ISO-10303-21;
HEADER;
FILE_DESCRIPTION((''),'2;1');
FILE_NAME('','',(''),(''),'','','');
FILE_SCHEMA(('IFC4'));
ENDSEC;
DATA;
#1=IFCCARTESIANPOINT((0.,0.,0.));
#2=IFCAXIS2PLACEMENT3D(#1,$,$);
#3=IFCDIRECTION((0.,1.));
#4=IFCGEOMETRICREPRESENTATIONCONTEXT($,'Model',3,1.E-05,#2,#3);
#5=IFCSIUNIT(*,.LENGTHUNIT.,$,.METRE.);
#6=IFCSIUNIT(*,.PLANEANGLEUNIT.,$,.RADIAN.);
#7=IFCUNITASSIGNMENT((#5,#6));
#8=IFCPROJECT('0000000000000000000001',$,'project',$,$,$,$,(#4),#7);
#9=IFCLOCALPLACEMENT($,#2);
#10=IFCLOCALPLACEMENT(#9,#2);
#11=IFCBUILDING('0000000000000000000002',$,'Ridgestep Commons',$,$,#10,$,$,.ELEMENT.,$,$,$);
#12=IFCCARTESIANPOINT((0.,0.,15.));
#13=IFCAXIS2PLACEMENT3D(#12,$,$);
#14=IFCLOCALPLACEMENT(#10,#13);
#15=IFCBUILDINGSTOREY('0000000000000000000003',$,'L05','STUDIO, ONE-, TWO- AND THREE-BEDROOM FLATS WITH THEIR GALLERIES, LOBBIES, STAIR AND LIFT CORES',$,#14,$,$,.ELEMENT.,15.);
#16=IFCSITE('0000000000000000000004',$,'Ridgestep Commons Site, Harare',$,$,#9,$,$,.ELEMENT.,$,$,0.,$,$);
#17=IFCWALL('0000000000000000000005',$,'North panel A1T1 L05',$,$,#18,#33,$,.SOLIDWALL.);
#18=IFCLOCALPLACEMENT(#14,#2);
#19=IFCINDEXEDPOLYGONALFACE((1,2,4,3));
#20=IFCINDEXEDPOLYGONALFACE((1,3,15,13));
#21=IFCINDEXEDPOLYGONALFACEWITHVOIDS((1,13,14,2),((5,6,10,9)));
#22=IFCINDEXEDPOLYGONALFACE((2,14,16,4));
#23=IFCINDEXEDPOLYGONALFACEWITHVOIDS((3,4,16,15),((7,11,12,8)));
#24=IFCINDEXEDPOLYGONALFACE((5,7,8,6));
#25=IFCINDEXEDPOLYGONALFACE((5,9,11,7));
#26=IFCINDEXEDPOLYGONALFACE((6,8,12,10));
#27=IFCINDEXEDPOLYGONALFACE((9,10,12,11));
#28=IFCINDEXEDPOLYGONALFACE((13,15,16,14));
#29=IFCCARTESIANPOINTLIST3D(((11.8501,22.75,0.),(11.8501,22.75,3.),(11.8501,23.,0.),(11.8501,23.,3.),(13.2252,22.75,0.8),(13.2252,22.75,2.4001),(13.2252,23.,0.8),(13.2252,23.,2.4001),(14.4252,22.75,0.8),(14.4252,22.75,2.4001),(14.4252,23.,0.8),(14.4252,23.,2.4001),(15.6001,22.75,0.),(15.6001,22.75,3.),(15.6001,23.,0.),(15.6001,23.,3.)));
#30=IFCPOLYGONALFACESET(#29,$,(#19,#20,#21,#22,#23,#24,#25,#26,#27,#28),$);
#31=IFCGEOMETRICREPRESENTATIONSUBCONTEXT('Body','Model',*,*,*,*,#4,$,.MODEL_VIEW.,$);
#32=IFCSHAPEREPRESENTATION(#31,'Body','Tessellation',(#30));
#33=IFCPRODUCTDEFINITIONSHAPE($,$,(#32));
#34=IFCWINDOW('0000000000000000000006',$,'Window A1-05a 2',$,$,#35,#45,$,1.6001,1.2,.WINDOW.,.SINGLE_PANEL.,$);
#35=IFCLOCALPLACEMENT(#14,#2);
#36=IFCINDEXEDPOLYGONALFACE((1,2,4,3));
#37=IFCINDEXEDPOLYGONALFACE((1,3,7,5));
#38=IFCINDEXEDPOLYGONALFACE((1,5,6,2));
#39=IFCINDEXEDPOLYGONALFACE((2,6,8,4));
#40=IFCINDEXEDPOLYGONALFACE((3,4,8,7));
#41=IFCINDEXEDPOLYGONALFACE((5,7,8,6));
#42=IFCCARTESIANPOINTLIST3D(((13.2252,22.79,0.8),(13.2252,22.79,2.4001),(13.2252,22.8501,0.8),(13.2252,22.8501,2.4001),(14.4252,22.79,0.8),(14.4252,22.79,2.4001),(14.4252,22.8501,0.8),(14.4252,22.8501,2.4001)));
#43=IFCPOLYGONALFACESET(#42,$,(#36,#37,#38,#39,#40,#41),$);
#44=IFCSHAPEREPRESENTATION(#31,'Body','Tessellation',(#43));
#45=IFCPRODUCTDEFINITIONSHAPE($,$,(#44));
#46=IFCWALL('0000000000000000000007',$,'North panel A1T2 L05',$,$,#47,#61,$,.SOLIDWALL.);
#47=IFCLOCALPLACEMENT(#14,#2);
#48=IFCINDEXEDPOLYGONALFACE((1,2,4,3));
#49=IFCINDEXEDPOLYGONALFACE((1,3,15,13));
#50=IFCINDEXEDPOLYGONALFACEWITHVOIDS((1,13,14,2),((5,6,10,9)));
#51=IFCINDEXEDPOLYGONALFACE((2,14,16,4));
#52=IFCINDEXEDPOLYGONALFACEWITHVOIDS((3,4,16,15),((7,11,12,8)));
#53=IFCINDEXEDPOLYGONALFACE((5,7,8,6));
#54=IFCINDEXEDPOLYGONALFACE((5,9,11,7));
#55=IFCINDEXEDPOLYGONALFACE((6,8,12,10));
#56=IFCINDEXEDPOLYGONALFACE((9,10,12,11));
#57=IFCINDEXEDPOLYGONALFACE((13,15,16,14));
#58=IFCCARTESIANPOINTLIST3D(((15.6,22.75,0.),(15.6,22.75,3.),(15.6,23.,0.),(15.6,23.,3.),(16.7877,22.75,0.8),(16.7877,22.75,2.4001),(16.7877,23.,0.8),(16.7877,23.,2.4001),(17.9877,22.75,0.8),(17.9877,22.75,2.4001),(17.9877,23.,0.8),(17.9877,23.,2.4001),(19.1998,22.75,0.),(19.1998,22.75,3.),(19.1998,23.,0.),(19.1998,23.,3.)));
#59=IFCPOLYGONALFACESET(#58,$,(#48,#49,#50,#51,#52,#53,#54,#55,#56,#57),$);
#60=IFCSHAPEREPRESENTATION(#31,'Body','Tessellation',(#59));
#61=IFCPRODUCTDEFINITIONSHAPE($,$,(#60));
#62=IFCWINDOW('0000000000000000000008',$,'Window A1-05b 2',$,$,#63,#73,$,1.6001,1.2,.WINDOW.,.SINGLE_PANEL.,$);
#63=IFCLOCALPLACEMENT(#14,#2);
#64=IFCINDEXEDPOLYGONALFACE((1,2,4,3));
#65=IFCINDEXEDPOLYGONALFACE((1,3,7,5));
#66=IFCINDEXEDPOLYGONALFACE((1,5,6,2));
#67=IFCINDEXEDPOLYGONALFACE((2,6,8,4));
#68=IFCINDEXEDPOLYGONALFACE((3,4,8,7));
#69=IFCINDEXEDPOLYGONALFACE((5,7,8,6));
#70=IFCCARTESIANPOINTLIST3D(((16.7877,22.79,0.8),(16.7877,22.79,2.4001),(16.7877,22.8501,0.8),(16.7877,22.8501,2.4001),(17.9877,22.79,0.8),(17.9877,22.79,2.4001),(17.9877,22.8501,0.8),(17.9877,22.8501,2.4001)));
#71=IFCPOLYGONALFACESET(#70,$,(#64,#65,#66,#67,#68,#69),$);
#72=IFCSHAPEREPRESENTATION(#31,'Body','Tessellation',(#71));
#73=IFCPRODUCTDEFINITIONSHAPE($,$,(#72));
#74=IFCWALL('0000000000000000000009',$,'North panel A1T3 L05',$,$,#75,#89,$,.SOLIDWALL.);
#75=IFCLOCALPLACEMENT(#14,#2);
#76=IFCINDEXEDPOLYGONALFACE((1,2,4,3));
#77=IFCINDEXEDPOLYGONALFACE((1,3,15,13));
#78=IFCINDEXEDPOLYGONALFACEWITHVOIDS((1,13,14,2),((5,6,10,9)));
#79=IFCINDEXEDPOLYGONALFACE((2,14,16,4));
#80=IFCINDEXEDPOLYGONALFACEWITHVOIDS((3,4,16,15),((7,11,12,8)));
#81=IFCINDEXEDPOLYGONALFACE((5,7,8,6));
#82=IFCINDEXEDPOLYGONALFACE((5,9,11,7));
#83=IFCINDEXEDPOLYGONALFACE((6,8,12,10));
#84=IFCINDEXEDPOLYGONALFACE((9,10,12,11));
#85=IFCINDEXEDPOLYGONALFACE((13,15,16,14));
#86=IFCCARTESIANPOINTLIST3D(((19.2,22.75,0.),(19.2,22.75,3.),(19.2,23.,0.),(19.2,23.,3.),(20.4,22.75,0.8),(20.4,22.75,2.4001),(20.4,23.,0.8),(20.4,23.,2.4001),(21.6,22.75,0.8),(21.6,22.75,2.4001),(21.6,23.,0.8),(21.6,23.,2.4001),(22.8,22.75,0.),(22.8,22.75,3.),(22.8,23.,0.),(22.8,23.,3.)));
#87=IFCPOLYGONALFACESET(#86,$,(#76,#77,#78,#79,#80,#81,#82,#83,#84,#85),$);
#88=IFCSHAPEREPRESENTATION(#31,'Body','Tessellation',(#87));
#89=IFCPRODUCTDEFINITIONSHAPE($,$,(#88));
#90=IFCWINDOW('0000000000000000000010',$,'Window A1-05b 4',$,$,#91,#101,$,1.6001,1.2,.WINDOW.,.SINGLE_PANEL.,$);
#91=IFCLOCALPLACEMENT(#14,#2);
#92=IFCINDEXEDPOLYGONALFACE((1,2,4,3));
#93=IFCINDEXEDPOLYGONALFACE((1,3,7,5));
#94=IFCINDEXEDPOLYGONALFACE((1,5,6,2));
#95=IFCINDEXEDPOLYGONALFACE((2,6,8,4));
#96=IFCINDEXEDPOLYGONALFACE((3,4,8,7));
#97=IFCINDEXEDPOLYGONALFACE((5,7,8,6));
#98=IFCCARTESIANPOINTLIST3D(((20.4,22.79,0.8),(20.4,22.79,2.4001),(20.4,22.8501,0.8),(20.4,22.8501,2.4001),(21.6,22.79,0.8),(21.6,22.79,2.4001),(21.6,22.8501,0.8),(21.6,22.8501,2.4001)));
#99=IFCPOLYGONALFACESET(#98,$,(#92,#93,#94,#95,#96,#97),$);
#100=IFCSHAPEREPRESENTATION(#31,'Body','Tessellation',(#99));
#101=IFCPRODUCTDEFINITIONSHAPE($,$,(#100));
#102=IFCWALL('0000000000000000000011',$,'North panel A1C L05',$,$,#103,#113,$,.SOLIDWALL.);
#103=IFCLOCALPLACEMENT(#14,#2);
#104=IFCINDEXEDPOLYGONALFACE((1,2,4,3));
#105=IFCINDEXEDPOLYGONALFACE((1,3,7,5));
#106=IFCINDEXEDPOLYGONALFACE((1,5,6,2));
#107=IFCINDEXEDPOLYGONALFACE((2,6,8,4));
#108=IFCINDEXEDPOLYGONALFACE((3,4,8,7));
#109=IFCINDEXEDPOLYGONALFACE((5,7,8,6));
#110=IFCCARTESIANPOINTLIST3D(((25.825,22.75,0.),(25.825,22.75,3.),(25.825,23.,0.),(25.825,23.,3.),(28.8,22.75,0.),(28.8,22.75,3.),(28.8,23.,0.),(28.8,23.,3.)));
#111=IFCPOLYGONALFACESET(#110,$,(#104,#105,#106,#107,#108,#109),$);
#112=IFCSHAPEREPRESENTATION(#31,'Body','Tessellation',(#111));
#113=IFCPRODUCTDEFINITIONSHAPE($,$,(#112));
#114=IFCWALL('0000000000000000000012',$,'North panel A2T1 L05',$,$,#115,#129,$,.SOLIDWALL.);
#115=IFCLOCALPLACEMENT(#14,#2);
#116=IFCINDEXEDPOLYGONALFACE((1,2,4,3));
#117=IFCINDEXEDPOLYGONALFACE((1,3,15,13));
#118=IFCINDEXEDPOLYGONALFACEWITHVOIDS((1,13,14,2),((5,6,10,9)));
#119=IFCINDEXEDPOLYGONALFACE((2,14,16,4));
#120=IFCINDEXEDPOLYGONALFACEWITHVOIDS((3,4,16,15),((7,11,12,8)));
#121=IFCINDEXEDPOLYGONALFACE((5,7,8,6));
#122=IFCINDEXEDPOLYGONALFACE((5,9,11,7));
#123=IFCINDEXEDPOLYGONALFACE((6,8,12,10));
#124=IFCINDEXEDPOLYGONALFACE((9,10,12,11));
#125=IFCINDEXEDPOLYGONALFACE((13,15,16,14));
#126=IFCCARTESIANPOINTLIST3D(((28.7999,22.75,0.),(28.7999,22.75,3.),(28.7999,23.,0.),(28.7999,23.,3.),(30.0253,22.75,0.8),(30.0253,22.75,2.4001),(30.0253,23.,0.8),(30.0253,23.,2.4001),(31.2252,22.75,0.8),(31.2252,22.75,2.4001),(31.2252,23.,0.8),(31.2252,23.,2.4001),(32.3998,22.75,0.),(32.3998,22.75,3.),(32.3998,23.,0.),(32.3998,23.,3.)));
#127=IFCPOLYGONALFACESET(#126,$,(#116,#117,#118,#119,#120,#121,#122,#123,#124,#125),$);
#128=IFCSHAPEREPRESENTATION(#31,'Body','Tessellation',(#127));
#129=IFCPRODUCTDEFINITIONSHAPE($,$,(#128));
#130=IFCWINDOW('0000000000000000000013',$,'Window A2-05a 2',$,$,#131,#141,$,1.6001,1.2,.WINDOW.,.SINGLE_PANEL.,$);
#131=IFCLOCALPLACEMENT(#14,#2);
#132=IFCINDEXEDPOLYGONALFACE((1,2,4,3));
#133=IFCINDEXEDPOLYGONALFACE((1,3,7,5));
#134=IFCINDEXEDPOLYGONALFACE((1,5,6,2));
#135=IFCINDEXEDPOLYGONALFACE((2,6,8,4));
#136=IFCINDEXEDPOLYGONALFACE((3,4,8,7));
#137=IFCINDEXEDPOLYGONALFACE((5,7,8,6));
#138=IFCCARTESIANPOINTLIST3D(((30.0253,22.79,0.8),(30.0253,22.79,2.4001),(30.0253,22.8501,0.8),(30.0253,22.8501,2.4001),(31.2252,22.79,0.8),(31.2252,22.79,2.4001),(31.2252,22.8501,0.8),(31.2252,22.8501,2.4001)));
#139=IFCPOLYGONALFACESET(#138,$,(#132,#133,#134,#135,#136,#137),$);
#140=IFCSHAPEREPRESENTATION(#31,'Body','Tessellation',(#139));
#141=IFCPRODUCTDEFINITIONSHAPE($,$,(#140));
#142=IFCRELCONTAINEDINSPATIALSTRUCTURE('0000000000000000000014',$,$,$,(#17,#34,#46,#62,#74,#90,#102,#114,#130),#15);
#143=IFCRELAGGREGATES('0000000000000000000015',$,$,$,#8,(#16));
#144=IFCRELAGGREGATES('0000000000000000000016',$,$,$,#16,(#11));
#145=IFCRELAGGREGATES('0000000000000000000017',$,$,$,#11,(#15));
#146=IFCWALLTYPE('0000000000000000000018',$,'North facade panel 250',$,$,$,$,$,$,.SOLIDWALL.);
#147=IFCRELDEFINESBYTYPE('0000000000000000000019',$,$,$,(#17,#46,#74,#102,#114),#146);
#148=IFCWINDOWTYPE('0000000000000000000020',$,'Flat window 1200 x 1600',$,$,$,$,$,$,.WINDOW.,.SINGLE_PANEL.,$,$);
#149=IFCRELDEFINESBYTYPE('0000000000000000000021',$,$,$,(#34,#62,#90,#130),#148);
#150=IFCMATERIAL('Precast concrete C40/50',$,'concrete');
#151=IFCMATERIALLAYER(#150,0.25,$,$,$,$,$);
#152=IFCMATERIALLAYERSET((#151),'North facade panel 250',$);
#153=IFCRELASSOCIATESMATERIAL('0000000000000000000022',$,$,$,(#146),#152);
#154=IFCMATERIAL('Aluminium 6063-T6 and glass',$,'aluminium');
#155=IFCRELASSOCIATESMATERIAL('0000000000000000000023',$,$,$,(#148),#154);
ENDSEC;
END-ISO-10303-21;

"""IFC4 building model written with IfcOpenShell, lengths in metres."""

from ifc_helpers import new_model, si_unit, direction, frame, frame_2d, origin, place, context, subcontext, project, spatial, rectangle, extrude, material, layer, layer_set, type_object, element, fill, save


model = new_model("IFC4")

# Units and contexts
model_context = context("Model", 3, precision=1e-05, world=origin(), true_north=direction((0.0, 1.0)))
body_context = subcontext(model_context, "Body", "Model", "MODEL_VIEW")
ifc_project = project(units=[si_unit("LENGTHUNIT", "METRE"), si_unit("PLANEANGLEUNIT", "RADIAN")], contexts=[model_context])

# Site, building, storey
site_placement = place(None, origin())
site = spatial("IfcSite", under=ifc_project, at=site_placement, Name="Ridgestep Commons Site, Harare", CompositionType="ELEMENT", RefElevation=0.0)
building_placement = place(site_placement, origin())
building = spatial("IfcBuilding", under=site, at=building_placement, Name="Ridgestep Commons", CompositionType="ELEMENT")
storey_placement = place(building_placement, frame((0.0, 0.0, 15.0)))
storey = spatial("IfcBuildingStorey", under=building, at=storey_placement, Name="L05", Description="STUDIO, ONE-, TWO- AND THREE-BEDROOM FLATS WITH THEIR GALLERIES, LOBBIES, STAIR AND LIFT CORES", CompositionType="ELEMENT", Elevation=15.0)

# Walls, openings, windows
ifc_material_1 = material(Name="Precast concrete C40/50", Category="concrete")
ifc_layer_1 = layer(ifc_material_1, 0.25)
ifc_layer_set_1 = layer_set([ifc_layer_1], Name="North facade panel 250")
wall_type_1 = type_object("IfcWallType", Name="North facade panel 250", PredefinedType="SOLIDWALL", material=ifc_layer_set_1)
wall_1_placement = place(storey_placement, frame((11.8501, 22.875, 0.0), z_axis=(0.0, 0.0, 1.0), x_axis=(1.0, 0.0, 0.0)))
wall_1 = element("IfcWall", 1, at=wall_1_placement, inside=storey, type_object=wall_type_1, Name="North panel A1T1 L05", PredefinedType="SOLIDWALL", context=body_context, shape_type="SweptSolid", body=[
    extrude(rectangle(XDim=3.75, YDim=0.25, at=frame_2d((1.875, 0.0))), origin(), (0.0, 0.0, 1.0), 3.0),
])
opening_1_placement = place(wall_1_placement, frame((1.375, 0.0, 0.8)))
opening_1 = element("IfcOpeningElement", 2, at=opening_1_placement, cuts=wall_1, PredefinedType="OPENING", context=body_context, shape_type="SweptSolid", body=[
    extrude(rectangle(XDim=1.2, YDim=1.6001, at=frame_2d((0.6001, 0.8))), frame((0.0, 0.135, 0.0), z_axis=(0.0, -1.0, 0.0), x_axis=(1.0, 0.0, 0.0)), (0.0, 0.0, 1.0), 0.27),
])
ifc_material_2 = material(Name="Aluminium 6063-T6 and glass", Category="aluminium")
window_type_1 = type_object("IfcWindowType", Name="Flat window 1200 x 1600", PartitioningType="SINGLE_PANEL", PredefinedType="WINDOW", material=ifc_material_2)
window_1_placement = place(opening_1_placement, origin())
window_1 = element("IfcWindow", 3, at=window_1_placement, inside=storey, type_object=window_type_1, Name="Window A1-05a 2", OverallHeight=1.6001, OverallWidth=1.2, PartitioningType="SINGLE_PANEL", PredefinedType="WINDOW", context=body_context, shape_type="SweptSolid", body=[
    extrude(rectangle(XDim=1.2, YDim=1.6001, at=frame_2d((0.6001, 0.8))), frame((0.0, -0.0249, 0.0), z_axis=(0.0, -1.0, 0.0), x_axis=(1.0, 0.0, 0.0)), (0.0, 0.0, 1.0), 0.0601),
])
fill(opening_1, window_1)
wall_2_placement = place(storey_placement, frame((15.6001, 22.875, 0.0), z_axis=(0.0, 0.0, 1.0), x_axis=(1.0, 0.0, 0.0)))
wall_2 = element("IfcWall", 4, at=wall_2_placement, inside=storey, type_object=wall_type_1, Name="North panel A1T2 L05", PredefinedType="SOLIDWALL", context=body_context, shape_type="SweptSolid", body=[
    extrude(rectangle(XDim=3.5999, YDim=0.25, at=frame_2d((1.7998, 0.0))), origin(), (0.0, 0.0, 1.0), 3.0),
])
opening_2_placement = place(wall_2_placement, frame((1.1875, 0.0, 0.8)))
opening_2 = element("IfcOpeningElement", 5, at=opening_2_placement, cuts=wall_2, PredefinedType="OPENING", context=body_context, shape_type="SweptSolid", body=[
    extrude(rectangle(XDim=1.2, YDim=1.6001, at=frame_2d((0.6001, 0.8))), frame((0.0, 0.135, 0.0), z_axis=(0.0, -1.0, 0.0), x_axis=(1.0, 0.0, 0.0)), (0.0, 0.0, 1.0), 0.27),
])
window_2_placement = place(opening_2_placement, origin())
window_2 = element("IfcWindow", 6, at=window_2_placement, inside=storey, type_object=window_type_1, Name="Window A1-05b 2", OverallHeight=1.6001, OverallWidth=1.2, PartitioningType="SINGLE_PANEL", PredefinedType="WINDOW", context=body_context, shape_type="SweptSolid", body=[
    extrude(rectangle(XDim=1.2, YDim=1.6001, at=frame_2d((0.6001, 0.8))), frame((0.0, -0.0249, 0.0), z_axis=(0.0, -1.0, 0.0), x_axis=(1.0, 0.0, 0.0)), (0.0, 0.0, 1.0), 0.0601),
])
fill(opening_2, window_2)
wall_3_placement = place(storey_placement, frame((19.2, 22.875, 0.0), z_axis=(0.0, 0.0, 1.0), x_axis=(1.0, 0.0, 0.0)))
wall_3 = element("IfcWall", 7, at=wall_3_placement, inside=storey, type_object=wall_type_1, Name="North panel A1T3 L05", PredefinedType="SOLIDWALL", context=body_context, shape_type="SweptSolid", body=[
    extrude(rectangle(XDim=3.6001, YDim=0.25, at=frame_2d((1.8, 0.0))), origin(), (0.0, 0.0, 1.0), 3.0),
])
opening_3_placement = place(wall_3_placement, frame((1.2, 0.0, 0.8)))
opening_3 = element("IfcOpeningElement", 8, at=opening_3_placement, cuts=wall_3, PredefinedType="OPENING", context=body_context, shape_type="SweptSolid", body=[
    extrude(rectangle(XDim=1.2, YDim=1.6001, at=frame_2d((0.6001, 0.8))), frame((0.0, 0.135, 0.0), z_axis=(0.0, -1.0, 0.0), x_axis=(1.0, 0.0, 0.0)), (0.0, 0.0, 1.0), 0.27),
])
window_3_placement = place(opening_3_placement, origin())
window_3 = element("IfcWindow", 9, at=window_3_placement, inside=storey, type_object=window_type_1, Name="Window A1-05b 4", OverallHeight=1.6001, OverallWidth=1.2, PartitioningType="SINGLE_PANEL", PredefinedType="WINDOW", context=body_context, shape_type="SweptSolid", body=[
    extrude(rectangle(XDim=1.2, YDim=1.6001, at=frame_2d((0.6001, 0.8))), frame((0.0, -0.0249, 0.0), z_axis=(0.0, -1.0, 0.0), x_axis=(1.0, 0.0, 0.0)), (0.0, 0.0, 1.0), 0.0601),
])
fill(opening_3, window_3)

# Wall
wall_4_placement = place(storey_placement, frame((25.825, 22.875, 0.0), z_axis=(0.0, 0.0, 1.0), x_axis=(1.0, 0.0, 0.0)))
element("IfcWall", 10, at=wall_4_placement, inside=storey, type_object=wall_type_1, Name="North panel A1C L05", PredefinedType="SOLIDWALL", context=body_context, shape_type="SweptSolid", body=[
    extrude(rectangle(XDim=2.9751, YDim=0.25, at=frame_2d((1.4875, 0.0))), origin(), (0.0, 0.0, 1.0), 3.0),
])

# Wall, opening, window
wall_5_placement = place(storey_placement, frame((28.8, 22.875, 0.0), z_axis=(0.0, 0.0, 1.0), x_axis=(1.0, 0.0, 0.0)))
wall_5 = element("IfcWall", 11, at=wall_5_placement, inside=storey, type_object=wall_type_1, Name="North panel A2T1 L05", PredefinedType="SOLIDWALL", context=body_context, shape_type="SweptSolid", body=[
    extrude(rectangle(XDim=3.5999, YDim=0.25, at=frame_2d((1.7998, 0.0))), origin(), (0.0, 0.0, 1.0), 3.0),
])
opening_4_placement = place(wall_5_placement, frame((1.2251, 0.0, 0.8)))
opening_4 = element("IfcOpeningElement", 12, at=opening_4_placement, cuts=wall_5, PredefinedType="OPENING", context=body_context, shape_type="SweptSolid", body=[
    extrude(rectangle(XDim=1.2, YDim=1.6001, at=frame_2d((0.6001, 0.8))), frame((0.0, 0.135, 0.0), z_axis=(0.0, -1.0, 0.0), x_axis=(1.0, 0.0, 0.0)), (0.0, 0.0, 1.0), 0.27),
])
window_4_placement = place(opening_4_placement, origin())
window_4 = element("IfcWindow", 13, at=window_4_placement, inside=storey, type_object=window_type_1, Name="Window A2-05a 2", OverallHeight=1.6001, OverallWidth=1.2, PartitioningType="SINGLE_PANEL", PredefinedType="WINDOW", context=body_context, shape_type="SweptSolid", body=[
    extrude(rectangle(XDim=1.2, YDim=1.6001, at=frame_2d((0.6001, 0.8))), frame((0.0, -0.0249, 0.0), z_axis=(0.0, -1.0, 0.0), x_axis=(1.0, 0.0, 0.0)), (0.0, 0.0, 1.0), 0.0601),
])
fill(opening_4, window_4)

save(model, "model.ifc")
